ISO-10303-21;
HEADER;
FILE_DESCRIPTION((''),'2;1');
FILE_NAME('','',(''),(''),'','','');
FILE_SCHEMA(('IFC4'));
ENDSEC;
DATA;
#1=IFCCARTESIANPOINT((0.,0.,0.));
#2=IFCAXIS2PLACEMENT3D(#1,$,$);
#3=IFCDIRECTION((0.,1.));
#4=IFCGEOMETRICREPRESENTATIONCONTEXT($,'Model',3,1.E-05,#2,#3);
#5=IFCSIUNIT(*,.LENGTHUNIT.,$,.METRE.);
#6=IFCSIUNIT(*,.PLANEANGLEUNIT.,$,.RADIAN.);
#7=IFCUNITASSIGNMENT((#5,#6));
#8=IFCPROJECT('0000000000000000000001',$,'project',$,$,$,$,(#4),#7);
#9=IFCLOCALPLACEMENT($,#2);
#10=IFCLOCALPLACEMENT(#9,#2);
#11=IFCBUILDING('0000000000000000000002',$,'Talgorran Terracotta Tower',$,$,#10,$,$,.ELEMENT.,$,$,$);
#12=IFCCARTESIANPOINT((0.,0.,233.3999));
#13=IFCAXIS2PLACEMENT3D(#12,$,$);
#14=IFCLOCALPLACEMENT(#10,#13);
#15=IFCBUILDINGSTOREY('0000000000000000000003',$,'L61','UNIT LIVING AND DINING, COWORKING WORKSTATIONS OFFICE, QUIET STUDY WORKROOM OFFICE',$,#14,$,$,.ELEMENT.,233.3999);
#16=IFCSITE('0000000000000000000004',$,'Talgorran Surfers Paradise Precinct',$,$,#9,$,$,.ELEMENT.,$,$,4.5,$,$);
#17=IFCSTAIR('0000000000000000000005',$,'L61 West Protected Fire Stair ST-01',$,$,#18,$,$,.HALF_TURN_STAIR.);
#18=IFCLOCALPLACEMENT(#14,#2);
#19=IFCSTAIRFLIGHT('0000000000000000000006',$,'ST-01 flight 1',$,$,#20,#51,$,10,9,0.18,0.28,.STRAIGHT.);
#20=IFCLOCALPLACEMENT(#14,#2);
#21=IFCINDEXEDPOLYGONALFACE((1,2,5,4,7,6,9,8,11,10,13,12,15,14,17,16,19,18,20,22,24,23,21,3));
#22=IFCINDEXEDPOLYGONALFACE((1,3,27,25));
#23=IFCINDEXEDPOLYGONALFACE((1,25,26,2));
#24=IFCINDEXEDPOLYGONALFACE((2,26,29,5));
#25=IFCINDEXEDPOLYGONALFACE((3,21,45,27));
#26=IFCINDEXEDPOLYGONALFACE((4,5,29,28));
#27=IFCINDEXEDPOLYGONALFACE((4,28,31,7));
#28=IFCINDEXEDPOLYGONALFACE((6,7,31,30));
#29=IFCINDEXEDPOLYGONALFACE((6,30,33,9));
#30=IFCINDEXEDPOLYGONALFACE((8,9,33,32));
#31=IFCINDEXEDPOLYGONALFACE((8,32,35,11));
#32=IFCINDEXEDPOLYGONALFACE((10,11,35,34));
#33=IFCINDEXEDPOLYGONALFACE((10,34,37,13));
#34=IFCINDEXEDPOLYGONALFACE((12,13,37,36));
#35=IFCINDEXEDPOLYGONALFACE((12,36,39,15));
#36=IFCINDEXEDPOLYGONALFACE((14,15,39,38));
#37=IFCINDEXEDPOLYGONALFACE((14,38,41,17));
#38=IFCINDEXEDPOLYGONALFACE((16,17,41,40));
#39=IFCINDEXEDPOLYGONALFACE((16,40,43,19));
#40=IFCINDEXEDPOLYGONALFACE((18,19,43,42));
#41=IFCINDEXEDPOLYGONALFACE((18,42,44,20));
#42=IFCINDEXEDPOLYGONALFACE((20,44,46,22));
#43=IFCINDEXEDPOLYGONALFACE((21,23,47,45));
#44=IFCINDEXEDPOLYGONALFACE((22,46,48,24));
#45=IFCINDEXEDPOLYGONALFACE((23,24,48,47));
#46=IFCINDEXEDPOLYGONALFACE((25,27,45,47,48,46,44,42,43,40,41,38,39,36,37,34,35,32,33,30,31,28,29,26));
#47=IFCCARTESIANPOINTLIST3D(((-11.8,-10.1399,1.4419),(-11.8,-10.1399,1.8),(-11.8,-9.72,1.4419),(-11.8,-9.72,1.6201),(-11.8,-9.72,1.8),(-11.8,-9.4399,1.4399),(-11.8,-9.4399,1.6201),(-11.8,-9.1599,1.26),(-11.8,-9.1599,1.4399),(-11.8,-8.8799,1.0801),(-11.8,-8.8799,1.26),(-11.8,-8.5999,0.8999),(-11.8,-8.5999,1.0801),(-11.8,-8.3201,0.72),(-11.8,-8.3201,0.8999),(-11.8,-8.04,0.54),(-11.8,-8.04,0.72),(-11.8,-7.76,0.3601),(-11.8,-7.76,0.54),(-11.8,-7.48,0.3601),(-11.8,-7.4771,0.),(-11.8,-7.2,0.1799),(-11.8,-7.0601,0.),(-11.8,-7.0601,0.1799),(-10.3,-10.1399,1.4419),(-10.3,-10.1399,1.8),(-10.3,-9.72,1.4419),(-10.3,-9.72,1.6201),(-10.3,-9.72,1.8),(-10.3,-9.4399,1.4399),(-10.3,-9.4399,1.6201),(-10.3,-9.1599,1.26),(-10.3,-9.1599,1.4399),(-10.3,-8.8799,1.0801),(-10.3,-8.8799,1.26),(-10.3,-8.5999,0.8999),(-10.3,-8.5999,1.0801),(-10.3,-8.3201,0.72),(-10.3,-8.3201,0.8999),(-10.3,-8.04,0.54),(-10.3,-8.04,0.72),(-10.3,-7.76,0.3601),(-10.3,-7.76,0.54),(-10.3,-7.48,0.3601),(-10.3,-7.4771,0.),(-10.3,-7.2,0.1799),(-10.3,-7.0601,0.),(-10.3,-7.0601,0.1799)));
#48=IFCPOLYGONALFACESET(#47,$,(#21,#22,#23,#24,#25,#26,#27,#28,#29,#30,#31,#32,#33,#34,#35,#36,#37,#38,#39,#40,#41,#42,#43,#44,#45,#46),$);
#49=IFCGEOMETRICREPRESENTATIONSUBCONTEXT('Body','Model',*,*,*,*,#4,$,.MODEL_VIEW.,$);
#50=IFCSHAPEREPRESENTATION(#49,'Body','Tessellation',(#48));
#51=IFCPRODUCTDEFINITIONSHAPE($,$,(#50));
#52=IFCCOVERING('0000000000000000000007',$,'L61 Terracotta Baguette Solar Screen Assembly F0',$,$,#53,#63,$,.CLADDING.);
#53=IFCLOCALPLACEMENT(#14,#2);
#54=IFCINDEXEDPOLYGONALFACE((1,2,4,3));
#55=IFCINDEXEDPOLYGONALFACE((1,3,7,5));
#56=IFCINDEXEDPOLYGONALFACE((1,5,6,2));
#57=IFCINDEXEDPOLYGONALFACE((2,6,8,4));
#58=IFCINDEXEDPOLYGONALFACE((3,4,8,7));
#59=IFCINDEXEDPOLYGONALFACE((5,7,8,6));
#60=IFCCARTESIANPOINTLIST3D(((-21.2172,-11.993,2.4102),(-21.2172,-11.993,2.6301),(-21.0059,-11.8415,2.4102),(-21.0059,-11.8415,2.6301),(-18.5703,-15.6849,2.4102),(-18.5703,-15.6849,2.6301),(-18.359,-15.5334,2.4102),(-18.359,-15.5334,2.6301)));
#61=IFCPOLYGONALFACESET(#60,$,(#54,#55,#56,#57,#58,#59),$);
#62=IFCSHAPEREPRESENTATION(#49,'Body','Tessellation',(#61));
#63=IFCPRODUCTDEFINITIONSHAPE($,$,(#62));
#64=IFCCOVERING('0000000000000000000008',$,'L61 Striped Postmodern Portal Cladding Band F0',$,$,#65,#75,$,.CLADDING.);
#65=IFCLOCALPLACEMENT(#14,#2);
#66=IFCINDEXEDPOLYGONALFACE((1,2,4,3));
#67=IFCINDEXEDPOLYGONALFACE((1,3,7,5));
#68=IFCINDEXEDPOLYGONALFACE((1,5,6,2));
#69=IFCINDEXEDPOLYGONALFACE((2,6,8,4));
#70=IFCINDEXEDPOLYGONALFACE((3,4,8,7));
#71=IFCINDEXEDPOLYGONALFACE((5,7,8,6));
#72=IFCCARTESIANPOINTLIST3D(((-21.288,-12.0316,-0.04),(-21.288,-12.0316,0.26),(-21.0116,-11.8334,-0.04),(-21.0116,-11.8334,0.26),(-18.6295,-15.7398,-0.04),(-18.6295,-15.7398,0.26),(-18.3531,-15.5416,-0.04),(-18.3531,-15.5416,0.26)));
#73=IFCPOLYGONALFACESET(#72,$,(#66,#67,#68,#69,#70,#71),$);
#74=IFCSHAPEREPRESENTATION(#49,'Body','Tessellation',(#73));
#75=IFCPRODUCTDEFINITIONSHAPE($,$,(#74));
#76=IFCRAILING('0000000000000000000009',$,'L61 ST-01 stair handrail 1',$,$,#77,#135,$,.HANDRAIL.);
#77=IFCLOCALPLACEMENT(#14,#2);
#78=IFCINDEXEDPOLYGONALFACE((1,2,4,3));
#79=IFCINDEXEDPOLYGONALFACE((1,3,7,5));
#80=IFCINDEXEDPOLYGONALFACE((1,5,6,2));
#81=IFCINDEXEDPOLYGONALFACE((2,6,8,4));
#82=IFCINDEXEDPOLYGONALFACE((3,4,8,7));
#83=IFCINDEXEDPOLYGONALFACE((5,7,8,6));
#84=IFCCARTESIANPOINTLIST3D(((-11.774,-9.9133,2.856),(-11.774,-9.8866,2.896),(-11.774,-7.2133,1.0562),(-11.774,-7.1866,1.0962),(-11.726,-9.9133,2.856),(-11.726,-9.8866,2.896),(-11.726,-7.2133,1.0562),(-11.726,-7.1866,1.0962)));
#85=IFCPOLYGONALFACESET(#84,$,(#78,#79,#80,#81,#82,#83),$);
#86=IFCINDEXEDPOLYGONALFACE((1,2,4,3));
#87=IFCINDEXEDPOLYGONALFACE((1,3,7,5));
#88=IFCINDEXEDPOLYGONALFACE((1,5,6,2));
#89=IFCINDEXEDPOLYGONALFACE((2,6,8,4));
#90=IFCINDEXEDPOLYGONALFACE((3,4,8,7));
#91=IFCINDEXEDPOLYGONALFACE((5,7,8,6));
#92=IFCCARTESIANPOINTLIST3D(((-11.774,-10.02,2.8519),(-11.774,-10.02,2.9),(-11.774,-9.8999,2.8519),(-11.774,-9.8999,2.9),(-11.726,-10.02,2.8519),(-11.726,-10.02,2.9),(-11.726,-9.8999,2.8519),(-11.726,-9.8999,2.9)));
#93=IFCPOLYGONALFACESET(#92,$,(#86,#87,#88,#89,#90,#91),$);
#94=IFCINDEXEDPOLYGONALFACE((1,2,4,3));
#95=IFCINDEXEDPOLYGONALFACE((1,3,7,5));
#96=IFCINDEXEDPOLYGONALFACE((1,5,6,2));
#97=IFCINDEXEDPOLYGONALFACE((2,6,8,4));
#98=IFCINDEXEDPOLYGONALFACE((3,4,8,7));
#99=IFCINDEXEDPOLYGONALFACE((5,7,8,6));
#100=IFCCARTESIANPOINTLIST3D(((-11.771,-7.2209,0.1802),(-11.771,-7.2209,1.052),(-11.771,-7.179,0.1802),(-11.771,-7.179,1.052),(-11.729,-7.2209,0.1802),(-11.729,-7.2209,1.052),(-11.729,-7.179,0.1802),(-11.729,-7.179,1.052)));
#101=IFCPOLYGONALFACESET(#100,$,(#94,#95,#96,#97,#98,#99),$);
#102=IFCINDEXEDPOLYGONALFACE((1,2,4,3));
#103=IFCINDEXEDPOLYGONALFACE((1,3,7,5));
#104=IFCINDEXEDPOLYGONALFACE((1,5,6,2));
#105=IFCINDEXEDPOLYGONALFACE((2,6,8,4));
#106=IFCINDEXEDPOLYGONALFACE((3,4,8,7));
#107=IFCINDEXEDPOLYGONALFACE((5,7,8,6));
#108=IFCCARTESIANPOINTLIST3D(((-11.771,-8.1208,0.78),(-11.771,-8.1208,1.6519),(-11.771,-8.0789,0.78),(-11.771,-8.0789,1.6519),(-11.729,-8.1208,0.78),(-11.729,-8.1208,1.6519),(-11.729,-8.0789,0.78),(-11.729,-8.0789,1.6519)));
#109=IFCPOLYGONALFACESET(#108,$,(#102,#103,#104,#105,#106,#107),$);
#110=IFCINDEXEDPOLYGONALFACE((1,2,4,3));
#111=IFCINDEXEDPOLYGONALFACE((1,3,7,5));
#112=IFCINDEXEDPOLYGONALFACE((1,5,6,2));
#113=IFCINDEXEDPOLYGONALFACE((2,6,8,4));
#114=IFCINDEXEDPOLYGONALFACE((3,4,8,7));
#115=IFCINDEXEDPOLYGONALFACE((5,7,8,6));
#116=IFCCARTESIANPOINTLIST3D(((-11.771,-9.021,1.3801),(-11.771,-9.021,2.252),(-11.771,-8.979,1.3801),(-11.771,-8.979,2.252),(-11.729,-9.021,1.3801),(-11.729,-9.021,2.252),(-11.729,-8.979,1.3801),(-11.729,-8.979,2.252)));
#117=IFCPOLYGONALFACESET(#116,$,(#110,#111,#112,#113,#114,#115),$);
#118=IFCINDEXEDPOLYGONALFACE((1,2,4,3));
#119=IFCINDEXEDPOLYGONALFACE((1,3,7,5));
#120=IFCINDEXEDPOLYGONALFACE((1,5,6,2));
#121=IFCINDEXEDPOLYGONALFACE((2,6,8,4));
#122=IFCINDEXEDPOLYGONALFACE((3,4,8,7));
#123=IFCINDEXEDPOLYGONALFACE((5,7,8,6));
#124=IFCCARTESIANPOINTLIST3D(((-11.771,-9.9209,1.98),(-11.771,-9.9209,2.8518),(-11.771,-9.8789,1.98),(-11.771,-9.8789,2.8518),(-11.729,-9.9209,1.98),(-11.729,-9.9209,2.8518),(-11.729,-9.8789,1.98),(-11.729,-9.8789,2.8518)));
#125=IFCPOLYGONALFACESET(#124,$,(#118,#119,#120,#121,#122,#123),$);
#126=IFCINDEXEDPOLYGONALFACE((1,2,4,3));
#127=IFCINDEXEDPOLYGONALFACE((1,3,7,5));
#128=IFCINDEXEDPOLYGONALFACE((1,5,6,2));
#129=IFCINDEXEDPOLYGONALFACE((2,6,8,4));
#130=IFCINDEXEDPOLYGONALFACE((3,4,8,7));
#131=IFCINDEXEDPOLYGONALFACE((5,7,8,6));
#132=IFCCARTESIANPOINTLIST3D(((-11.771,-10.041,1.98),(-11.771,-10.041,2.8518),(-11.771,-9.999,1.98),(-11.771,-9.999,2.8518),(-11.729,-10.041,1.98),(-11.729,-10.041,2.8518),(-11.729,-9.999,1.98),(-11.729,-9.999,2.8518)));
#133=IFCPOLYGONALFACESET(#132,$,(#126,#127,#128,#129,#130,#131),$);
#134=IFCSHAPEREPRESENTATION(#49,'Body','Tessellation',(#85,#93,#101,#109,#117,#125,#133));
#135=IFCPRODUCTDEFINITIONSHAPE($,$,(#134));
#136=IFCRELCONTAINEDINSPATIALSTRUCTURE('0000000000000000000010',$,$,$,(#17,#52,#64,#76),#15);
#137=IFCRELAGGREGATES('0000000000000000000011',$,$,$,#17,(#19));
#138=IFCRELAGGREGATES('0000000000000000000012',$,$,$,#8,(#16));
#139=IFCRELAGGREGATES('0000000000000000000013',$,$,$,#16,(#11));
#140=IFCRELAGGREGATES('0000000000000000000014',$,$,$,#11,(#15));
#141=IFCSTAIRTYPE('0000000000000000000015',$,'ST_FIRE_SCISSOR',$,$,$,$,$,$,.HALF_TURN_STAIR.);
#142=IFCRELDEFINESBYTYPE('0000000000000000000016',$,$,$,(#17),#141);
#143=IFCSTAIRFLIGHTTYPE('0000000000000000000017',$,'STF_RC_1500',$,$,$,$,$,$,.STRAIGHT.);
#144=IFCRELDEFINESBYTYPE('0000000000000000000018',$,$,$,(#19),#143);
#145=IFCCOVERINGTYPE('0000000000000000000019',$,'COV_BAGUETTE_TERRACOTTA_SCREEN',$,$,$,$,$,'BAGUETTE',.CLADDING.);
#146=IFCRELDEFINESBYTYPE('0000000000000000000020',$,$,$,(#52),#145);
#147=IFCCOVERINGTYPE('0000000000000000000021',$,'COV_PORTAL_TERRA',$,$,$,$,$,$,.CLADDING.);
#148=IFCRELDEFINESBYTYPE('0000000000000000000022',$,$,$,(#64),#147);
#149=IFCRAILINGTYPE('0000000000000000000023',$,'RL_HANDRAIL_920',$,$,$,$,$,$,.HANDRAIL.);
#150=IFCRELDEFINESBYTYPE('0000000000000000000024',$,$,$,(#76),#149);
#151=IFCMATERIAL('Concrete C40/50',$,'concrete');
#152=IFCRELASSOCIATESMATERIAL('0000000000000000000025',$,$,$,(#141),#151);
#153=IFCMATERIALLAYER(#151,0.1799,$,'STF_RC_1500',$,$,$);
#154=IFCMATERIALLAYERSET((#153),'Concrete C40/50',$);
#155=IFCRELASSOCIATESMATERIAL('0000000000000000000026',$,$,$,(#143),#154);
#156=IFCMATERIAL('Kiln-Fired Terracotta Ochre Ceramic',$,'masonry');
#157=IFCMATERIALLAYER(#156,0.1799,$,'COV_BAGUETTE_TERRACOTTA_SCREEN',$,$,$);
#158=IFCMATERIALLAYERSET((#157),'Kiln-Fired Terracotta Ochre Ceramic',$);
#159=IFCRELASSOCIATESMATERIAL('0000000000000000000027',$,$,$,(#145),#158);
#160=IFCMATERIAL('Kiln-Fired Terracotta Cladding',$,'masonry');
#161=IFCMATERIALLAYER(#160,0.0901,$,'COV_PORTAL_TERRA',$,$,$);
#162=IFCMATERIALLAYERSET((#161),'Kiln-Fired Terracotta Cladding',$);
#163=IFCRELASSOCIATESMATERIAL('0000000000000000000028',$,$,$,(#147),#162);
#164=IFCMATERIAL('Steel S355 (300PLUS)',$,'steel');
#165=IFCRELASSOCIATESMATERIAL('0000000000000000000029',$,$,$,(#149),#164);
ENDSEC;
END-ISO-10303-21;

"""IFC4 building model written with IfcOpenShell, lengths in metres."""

from ifc_helpers import new_model, si_unit, direction, frame, origin, origin_2d, place, context, subcontext, project, spatial, polyline, rectangle, outline, extrude, material, layer, layer_set, type_object, element, aggregate, save


model = new_model("IFC4")

# Units and contexts
model_context = context("Model", 3, precision=1e-05, world=origin(), true_north=direction((0.0, 1.0)))
body_context = subcontext(model_context, "Body", "Model", "MODEL_VIEW")
ifc_project = project(units=[si_unit("LENGTHUNIT", "METRE"), si_unit("PLANEANGLEUNIT", "RADIAN")], contexts=[model_context])

# Site, building, storey
site_placement = place(None, origin())
site = spatial("IfcSite", under=ifc_project, at=site_placement, Name="Talgorran Surfers Paradise Precinct", CompositionType="ELEMENT", RefElevation=4.5)
building_placement = place(site_placement, origin())
building = spatial("IfcBuilding", under=site, at=building_placement, Name="Talgorran Terracotta Tower", CompositionType="ELEMENT")
storey_placement = place(building_placement, frame((0.0, 0.0, 233.3999)))
storey = spatial("IfcBuildingStorey", under=building, at=storey_placement, Name="L61", Description="UNIT LIVING AND DINING, COWORKING WORKSTATIONS OFFICE, QUIET STUDY WORKROOM OFFICE", CompositionType="ELEMENT", Elevation=233.3999)

# Shared definitions
ifc_material_1 = material(Name="Steel S355 (300PLUS)", Category="steel")

# Stair, stair flight
ifc_material_2 = material(Name="Concrete C40/50", Category="concrete")
stair_type = type_object("IfcStairType", Name="ST_FIRE_SCISSOR", PredefinedType="HALF_TURN_STAIR", material=ifc_material_2)
stair_placement = place(storey_placement, origin())
stair = element("IfcStair", 1, at=stair_placement, inside=storey, type_object=stair_type, Name="L61 West Protected Fire Stair ST-01", PredefinedType="HALF_TURN_STAIR")
ifc_layer_1 = layer(ifc_material_2, 0.1799, Name="STF_RC_1500")
ifc_layer_set_1 = layer_set([ifc_layer_1], Name="Concrete C40/50")
stair_flight_type = type_object("IfcStairFlightType", Name="STF_RC_1500", PredefinedType="STRAIGHT", material=ifc_layer_set_1)
stair_flight_placement = place(storey_placement, frame((-11.05, -7.2, 0.0), z_axis=(0.0, 0.0, 1.0), x_axis=(0.0, -1.0, 0.0)))
stair_flight = element("IfcStairFlight", 2, at=stair_flight_placement, type_object=stair_flight_type, Name="ST-01 flight 1", NumberOfRisers=10, NumberOfTreads=9, PredefinedType="STRAIGHT", RiserHeight=0.18, TreadLength=0.28, context=body_context, shape_type="SweptSolid", body=[
    extrude(outline(polyline([(-0.1399, 0.0), (-0.1399, 0.1799), (0.0, 0.1799), (0.28, 0.3601), (0.5601, 0.3601), (0.5601, 0.54), (0.8401, 0.54), (0.8401, 0.72), (1.1201, 0.72), (1.1201, 0.8999), (1.3999, 0.8999), (1.3999, 1.0801), (1.6799, 1.0801), (1.6799, 1.26), (1.96, 1.26), (1.96, 1.4399), (2.24, 1.4399), (2.24, 1.6201), (2.52, 1.6201), (2.52, 1.8), (2.9399, 1.8), (2.9399, 1.4419), (2.52, 1.4419), (0.2771, 0.0), (-0.1399, 0.0)])), frame((0.0, 0.75, 0.0), z_axis=(0.0, -1.0, 0.0), x_axis=(1.0, 0.0, 0.0)), (0.0, 0.0, 1.0), 1.5),
])
aggregate(stair, [stair_flight])

# Coverings
ifc_material_3 = material(Name="Kiln-Fired Terracotta Ochre Ceramic", Category="masonry")
ifc_layer_2 = layer(ifc_material_3, 0.1799, Name="COV_BAGUETTE_TERRACOTTA_SCREEN")
ifc_layer_set_2 = layer_set([ifc_layer_2], Name="Kiln-Fired Terracotta Ochre Ceramic")
covering_type_1 = type_object("IfcCoveringType", Name="COV_BAGUETTE_TERRACOTTA_SCREEN", ElementType="BAGUETTE", PredefinedType="CLADDING", material=ifc_layer_set_2)
covering_1_placement = place(storey_placement, frame((-19.7881, -13.7632, 2.4102), z_axis=(0.0, 0.0, 1.0), x_axis=(0.582662, -0.812715, 0.0)))
element("IfcCovering", 3, at=covering_1_placement, inside=storey, type_object=covering_type_1, Name="L61 Terracotta Baguette Solar Screen Assembly F0", PredefinedType="CLADDING", context=body_context, shape_type="SweptSolid", body=[
    extrude(rectangle(XDim=4.5427, YDim=0.26, at=origin_2d()), origin(), (0.0, 0.0, 1.0), 0.22),
])
ifc_material_4 = material(Name="Kiln-Fired Terracotta Cladding", Category="masonry")
ifc_layer_3 = layer(ifc_material_4, 0.0901, Name="COV_PORTAL_TERRA")
ifc_layer_set_3 = layer_set([ifc_layer_3], Name="Kiln-Fired Terracotta Cladding")
covering_type_2 = type_object("IfcCoveringType", Name="COV_PORTAL_TERRA", PredefinedType="CLADDING", material=ifc_layer_set_3)
covering_2_placement = place(storey_placement, frame((-19.8206, -13.7866, -0.04), z_axis=(0.0, 0.0, 1.0), x_axis=(0.582662, -0.812715, 0.0)))
element("IfcCovering", 4, at=covering_2_placement, inside=storey, type_object=covering_type_2, Name="L61 Striped Postmodern Portal Cladding Band F0", PredefinedType="CLADDING", context=body_context, shape_type="SweptSolid", body=[
    extrude(rectangle(XDim=4.5627, YDim=0.3401, at=origin_2d()), origin(), (0.0, 0.0, 1.0), 0.3),
])

# Railing
railing_type = type_object("IfcRailingType", Name="RL_HANDRAIL_920", PredefinedType="HANDRAIL", material=ifc_material_1)
railing_placement = place(storey_placement, frame((-11.75, -7.2, 0.1802)))
element("IfcRailing", 5, at=railing_placement, inside=storey, type_object=railing_type, Name="L61 ST-01 stair handrail 1", PredefinedType="HANDRAIL", context=body_context, shape_type="SweptSolid", body=[
    extrude(rectangle(XDim=0.0481, YDim=0.0481, at=origin_2d()), frame((0.0, 0.0, 0.896), z_axis=(0.0, -0.832073, 0.554665), x_axis=(1.0, 0.0, 0.0)), (0.0, 0.0, 1.0), 3.2449),
    extrude(rectangle(XDim=0.0481, YDim=0.0481, at=origin_2d()), frame((0.0, -2.7, 2.6958), z_axis=(0.0, -1.0, 0.0), x_axis=(1.0, 0.0, 0.0)), (0.0, 0.0, 1.0), 0.1201),
    extrude(rectangle(XDim=0.042, YDim=0.042, at=origin_2d()), origin(), (0.0, 0.0, 1.0), 0.8718),
    extrude(rectangle(XDim=0.042, YDim=0.042, at=origin_2d()), frame((0.0, -0.8999, 0.5999)), (0.0, 0.0, 1.0), 0.8718),
    extrude(rectangle(XDim=0.042, YDim=0.042, at=origin_2d()), frame((0.0, -1.8, 1.2)), (0.0, 0.0, 1.0), 0.8718),
    extrude(rectangle(XDim=0.042, YDim=0.042, at=origin_2d()), frame((0.0, -2.7, 1.7998)), (0.0, 0.0, 1.0), 0.8718),
    extrude(rectangle(XDim=0.042, YDim=0.042, at=origin_2d()), frame((0.0, -2.8201, 1.7998)), (0.0, 0.0, 1.0), 0.8718),
])

save(model, "model.ifc")
